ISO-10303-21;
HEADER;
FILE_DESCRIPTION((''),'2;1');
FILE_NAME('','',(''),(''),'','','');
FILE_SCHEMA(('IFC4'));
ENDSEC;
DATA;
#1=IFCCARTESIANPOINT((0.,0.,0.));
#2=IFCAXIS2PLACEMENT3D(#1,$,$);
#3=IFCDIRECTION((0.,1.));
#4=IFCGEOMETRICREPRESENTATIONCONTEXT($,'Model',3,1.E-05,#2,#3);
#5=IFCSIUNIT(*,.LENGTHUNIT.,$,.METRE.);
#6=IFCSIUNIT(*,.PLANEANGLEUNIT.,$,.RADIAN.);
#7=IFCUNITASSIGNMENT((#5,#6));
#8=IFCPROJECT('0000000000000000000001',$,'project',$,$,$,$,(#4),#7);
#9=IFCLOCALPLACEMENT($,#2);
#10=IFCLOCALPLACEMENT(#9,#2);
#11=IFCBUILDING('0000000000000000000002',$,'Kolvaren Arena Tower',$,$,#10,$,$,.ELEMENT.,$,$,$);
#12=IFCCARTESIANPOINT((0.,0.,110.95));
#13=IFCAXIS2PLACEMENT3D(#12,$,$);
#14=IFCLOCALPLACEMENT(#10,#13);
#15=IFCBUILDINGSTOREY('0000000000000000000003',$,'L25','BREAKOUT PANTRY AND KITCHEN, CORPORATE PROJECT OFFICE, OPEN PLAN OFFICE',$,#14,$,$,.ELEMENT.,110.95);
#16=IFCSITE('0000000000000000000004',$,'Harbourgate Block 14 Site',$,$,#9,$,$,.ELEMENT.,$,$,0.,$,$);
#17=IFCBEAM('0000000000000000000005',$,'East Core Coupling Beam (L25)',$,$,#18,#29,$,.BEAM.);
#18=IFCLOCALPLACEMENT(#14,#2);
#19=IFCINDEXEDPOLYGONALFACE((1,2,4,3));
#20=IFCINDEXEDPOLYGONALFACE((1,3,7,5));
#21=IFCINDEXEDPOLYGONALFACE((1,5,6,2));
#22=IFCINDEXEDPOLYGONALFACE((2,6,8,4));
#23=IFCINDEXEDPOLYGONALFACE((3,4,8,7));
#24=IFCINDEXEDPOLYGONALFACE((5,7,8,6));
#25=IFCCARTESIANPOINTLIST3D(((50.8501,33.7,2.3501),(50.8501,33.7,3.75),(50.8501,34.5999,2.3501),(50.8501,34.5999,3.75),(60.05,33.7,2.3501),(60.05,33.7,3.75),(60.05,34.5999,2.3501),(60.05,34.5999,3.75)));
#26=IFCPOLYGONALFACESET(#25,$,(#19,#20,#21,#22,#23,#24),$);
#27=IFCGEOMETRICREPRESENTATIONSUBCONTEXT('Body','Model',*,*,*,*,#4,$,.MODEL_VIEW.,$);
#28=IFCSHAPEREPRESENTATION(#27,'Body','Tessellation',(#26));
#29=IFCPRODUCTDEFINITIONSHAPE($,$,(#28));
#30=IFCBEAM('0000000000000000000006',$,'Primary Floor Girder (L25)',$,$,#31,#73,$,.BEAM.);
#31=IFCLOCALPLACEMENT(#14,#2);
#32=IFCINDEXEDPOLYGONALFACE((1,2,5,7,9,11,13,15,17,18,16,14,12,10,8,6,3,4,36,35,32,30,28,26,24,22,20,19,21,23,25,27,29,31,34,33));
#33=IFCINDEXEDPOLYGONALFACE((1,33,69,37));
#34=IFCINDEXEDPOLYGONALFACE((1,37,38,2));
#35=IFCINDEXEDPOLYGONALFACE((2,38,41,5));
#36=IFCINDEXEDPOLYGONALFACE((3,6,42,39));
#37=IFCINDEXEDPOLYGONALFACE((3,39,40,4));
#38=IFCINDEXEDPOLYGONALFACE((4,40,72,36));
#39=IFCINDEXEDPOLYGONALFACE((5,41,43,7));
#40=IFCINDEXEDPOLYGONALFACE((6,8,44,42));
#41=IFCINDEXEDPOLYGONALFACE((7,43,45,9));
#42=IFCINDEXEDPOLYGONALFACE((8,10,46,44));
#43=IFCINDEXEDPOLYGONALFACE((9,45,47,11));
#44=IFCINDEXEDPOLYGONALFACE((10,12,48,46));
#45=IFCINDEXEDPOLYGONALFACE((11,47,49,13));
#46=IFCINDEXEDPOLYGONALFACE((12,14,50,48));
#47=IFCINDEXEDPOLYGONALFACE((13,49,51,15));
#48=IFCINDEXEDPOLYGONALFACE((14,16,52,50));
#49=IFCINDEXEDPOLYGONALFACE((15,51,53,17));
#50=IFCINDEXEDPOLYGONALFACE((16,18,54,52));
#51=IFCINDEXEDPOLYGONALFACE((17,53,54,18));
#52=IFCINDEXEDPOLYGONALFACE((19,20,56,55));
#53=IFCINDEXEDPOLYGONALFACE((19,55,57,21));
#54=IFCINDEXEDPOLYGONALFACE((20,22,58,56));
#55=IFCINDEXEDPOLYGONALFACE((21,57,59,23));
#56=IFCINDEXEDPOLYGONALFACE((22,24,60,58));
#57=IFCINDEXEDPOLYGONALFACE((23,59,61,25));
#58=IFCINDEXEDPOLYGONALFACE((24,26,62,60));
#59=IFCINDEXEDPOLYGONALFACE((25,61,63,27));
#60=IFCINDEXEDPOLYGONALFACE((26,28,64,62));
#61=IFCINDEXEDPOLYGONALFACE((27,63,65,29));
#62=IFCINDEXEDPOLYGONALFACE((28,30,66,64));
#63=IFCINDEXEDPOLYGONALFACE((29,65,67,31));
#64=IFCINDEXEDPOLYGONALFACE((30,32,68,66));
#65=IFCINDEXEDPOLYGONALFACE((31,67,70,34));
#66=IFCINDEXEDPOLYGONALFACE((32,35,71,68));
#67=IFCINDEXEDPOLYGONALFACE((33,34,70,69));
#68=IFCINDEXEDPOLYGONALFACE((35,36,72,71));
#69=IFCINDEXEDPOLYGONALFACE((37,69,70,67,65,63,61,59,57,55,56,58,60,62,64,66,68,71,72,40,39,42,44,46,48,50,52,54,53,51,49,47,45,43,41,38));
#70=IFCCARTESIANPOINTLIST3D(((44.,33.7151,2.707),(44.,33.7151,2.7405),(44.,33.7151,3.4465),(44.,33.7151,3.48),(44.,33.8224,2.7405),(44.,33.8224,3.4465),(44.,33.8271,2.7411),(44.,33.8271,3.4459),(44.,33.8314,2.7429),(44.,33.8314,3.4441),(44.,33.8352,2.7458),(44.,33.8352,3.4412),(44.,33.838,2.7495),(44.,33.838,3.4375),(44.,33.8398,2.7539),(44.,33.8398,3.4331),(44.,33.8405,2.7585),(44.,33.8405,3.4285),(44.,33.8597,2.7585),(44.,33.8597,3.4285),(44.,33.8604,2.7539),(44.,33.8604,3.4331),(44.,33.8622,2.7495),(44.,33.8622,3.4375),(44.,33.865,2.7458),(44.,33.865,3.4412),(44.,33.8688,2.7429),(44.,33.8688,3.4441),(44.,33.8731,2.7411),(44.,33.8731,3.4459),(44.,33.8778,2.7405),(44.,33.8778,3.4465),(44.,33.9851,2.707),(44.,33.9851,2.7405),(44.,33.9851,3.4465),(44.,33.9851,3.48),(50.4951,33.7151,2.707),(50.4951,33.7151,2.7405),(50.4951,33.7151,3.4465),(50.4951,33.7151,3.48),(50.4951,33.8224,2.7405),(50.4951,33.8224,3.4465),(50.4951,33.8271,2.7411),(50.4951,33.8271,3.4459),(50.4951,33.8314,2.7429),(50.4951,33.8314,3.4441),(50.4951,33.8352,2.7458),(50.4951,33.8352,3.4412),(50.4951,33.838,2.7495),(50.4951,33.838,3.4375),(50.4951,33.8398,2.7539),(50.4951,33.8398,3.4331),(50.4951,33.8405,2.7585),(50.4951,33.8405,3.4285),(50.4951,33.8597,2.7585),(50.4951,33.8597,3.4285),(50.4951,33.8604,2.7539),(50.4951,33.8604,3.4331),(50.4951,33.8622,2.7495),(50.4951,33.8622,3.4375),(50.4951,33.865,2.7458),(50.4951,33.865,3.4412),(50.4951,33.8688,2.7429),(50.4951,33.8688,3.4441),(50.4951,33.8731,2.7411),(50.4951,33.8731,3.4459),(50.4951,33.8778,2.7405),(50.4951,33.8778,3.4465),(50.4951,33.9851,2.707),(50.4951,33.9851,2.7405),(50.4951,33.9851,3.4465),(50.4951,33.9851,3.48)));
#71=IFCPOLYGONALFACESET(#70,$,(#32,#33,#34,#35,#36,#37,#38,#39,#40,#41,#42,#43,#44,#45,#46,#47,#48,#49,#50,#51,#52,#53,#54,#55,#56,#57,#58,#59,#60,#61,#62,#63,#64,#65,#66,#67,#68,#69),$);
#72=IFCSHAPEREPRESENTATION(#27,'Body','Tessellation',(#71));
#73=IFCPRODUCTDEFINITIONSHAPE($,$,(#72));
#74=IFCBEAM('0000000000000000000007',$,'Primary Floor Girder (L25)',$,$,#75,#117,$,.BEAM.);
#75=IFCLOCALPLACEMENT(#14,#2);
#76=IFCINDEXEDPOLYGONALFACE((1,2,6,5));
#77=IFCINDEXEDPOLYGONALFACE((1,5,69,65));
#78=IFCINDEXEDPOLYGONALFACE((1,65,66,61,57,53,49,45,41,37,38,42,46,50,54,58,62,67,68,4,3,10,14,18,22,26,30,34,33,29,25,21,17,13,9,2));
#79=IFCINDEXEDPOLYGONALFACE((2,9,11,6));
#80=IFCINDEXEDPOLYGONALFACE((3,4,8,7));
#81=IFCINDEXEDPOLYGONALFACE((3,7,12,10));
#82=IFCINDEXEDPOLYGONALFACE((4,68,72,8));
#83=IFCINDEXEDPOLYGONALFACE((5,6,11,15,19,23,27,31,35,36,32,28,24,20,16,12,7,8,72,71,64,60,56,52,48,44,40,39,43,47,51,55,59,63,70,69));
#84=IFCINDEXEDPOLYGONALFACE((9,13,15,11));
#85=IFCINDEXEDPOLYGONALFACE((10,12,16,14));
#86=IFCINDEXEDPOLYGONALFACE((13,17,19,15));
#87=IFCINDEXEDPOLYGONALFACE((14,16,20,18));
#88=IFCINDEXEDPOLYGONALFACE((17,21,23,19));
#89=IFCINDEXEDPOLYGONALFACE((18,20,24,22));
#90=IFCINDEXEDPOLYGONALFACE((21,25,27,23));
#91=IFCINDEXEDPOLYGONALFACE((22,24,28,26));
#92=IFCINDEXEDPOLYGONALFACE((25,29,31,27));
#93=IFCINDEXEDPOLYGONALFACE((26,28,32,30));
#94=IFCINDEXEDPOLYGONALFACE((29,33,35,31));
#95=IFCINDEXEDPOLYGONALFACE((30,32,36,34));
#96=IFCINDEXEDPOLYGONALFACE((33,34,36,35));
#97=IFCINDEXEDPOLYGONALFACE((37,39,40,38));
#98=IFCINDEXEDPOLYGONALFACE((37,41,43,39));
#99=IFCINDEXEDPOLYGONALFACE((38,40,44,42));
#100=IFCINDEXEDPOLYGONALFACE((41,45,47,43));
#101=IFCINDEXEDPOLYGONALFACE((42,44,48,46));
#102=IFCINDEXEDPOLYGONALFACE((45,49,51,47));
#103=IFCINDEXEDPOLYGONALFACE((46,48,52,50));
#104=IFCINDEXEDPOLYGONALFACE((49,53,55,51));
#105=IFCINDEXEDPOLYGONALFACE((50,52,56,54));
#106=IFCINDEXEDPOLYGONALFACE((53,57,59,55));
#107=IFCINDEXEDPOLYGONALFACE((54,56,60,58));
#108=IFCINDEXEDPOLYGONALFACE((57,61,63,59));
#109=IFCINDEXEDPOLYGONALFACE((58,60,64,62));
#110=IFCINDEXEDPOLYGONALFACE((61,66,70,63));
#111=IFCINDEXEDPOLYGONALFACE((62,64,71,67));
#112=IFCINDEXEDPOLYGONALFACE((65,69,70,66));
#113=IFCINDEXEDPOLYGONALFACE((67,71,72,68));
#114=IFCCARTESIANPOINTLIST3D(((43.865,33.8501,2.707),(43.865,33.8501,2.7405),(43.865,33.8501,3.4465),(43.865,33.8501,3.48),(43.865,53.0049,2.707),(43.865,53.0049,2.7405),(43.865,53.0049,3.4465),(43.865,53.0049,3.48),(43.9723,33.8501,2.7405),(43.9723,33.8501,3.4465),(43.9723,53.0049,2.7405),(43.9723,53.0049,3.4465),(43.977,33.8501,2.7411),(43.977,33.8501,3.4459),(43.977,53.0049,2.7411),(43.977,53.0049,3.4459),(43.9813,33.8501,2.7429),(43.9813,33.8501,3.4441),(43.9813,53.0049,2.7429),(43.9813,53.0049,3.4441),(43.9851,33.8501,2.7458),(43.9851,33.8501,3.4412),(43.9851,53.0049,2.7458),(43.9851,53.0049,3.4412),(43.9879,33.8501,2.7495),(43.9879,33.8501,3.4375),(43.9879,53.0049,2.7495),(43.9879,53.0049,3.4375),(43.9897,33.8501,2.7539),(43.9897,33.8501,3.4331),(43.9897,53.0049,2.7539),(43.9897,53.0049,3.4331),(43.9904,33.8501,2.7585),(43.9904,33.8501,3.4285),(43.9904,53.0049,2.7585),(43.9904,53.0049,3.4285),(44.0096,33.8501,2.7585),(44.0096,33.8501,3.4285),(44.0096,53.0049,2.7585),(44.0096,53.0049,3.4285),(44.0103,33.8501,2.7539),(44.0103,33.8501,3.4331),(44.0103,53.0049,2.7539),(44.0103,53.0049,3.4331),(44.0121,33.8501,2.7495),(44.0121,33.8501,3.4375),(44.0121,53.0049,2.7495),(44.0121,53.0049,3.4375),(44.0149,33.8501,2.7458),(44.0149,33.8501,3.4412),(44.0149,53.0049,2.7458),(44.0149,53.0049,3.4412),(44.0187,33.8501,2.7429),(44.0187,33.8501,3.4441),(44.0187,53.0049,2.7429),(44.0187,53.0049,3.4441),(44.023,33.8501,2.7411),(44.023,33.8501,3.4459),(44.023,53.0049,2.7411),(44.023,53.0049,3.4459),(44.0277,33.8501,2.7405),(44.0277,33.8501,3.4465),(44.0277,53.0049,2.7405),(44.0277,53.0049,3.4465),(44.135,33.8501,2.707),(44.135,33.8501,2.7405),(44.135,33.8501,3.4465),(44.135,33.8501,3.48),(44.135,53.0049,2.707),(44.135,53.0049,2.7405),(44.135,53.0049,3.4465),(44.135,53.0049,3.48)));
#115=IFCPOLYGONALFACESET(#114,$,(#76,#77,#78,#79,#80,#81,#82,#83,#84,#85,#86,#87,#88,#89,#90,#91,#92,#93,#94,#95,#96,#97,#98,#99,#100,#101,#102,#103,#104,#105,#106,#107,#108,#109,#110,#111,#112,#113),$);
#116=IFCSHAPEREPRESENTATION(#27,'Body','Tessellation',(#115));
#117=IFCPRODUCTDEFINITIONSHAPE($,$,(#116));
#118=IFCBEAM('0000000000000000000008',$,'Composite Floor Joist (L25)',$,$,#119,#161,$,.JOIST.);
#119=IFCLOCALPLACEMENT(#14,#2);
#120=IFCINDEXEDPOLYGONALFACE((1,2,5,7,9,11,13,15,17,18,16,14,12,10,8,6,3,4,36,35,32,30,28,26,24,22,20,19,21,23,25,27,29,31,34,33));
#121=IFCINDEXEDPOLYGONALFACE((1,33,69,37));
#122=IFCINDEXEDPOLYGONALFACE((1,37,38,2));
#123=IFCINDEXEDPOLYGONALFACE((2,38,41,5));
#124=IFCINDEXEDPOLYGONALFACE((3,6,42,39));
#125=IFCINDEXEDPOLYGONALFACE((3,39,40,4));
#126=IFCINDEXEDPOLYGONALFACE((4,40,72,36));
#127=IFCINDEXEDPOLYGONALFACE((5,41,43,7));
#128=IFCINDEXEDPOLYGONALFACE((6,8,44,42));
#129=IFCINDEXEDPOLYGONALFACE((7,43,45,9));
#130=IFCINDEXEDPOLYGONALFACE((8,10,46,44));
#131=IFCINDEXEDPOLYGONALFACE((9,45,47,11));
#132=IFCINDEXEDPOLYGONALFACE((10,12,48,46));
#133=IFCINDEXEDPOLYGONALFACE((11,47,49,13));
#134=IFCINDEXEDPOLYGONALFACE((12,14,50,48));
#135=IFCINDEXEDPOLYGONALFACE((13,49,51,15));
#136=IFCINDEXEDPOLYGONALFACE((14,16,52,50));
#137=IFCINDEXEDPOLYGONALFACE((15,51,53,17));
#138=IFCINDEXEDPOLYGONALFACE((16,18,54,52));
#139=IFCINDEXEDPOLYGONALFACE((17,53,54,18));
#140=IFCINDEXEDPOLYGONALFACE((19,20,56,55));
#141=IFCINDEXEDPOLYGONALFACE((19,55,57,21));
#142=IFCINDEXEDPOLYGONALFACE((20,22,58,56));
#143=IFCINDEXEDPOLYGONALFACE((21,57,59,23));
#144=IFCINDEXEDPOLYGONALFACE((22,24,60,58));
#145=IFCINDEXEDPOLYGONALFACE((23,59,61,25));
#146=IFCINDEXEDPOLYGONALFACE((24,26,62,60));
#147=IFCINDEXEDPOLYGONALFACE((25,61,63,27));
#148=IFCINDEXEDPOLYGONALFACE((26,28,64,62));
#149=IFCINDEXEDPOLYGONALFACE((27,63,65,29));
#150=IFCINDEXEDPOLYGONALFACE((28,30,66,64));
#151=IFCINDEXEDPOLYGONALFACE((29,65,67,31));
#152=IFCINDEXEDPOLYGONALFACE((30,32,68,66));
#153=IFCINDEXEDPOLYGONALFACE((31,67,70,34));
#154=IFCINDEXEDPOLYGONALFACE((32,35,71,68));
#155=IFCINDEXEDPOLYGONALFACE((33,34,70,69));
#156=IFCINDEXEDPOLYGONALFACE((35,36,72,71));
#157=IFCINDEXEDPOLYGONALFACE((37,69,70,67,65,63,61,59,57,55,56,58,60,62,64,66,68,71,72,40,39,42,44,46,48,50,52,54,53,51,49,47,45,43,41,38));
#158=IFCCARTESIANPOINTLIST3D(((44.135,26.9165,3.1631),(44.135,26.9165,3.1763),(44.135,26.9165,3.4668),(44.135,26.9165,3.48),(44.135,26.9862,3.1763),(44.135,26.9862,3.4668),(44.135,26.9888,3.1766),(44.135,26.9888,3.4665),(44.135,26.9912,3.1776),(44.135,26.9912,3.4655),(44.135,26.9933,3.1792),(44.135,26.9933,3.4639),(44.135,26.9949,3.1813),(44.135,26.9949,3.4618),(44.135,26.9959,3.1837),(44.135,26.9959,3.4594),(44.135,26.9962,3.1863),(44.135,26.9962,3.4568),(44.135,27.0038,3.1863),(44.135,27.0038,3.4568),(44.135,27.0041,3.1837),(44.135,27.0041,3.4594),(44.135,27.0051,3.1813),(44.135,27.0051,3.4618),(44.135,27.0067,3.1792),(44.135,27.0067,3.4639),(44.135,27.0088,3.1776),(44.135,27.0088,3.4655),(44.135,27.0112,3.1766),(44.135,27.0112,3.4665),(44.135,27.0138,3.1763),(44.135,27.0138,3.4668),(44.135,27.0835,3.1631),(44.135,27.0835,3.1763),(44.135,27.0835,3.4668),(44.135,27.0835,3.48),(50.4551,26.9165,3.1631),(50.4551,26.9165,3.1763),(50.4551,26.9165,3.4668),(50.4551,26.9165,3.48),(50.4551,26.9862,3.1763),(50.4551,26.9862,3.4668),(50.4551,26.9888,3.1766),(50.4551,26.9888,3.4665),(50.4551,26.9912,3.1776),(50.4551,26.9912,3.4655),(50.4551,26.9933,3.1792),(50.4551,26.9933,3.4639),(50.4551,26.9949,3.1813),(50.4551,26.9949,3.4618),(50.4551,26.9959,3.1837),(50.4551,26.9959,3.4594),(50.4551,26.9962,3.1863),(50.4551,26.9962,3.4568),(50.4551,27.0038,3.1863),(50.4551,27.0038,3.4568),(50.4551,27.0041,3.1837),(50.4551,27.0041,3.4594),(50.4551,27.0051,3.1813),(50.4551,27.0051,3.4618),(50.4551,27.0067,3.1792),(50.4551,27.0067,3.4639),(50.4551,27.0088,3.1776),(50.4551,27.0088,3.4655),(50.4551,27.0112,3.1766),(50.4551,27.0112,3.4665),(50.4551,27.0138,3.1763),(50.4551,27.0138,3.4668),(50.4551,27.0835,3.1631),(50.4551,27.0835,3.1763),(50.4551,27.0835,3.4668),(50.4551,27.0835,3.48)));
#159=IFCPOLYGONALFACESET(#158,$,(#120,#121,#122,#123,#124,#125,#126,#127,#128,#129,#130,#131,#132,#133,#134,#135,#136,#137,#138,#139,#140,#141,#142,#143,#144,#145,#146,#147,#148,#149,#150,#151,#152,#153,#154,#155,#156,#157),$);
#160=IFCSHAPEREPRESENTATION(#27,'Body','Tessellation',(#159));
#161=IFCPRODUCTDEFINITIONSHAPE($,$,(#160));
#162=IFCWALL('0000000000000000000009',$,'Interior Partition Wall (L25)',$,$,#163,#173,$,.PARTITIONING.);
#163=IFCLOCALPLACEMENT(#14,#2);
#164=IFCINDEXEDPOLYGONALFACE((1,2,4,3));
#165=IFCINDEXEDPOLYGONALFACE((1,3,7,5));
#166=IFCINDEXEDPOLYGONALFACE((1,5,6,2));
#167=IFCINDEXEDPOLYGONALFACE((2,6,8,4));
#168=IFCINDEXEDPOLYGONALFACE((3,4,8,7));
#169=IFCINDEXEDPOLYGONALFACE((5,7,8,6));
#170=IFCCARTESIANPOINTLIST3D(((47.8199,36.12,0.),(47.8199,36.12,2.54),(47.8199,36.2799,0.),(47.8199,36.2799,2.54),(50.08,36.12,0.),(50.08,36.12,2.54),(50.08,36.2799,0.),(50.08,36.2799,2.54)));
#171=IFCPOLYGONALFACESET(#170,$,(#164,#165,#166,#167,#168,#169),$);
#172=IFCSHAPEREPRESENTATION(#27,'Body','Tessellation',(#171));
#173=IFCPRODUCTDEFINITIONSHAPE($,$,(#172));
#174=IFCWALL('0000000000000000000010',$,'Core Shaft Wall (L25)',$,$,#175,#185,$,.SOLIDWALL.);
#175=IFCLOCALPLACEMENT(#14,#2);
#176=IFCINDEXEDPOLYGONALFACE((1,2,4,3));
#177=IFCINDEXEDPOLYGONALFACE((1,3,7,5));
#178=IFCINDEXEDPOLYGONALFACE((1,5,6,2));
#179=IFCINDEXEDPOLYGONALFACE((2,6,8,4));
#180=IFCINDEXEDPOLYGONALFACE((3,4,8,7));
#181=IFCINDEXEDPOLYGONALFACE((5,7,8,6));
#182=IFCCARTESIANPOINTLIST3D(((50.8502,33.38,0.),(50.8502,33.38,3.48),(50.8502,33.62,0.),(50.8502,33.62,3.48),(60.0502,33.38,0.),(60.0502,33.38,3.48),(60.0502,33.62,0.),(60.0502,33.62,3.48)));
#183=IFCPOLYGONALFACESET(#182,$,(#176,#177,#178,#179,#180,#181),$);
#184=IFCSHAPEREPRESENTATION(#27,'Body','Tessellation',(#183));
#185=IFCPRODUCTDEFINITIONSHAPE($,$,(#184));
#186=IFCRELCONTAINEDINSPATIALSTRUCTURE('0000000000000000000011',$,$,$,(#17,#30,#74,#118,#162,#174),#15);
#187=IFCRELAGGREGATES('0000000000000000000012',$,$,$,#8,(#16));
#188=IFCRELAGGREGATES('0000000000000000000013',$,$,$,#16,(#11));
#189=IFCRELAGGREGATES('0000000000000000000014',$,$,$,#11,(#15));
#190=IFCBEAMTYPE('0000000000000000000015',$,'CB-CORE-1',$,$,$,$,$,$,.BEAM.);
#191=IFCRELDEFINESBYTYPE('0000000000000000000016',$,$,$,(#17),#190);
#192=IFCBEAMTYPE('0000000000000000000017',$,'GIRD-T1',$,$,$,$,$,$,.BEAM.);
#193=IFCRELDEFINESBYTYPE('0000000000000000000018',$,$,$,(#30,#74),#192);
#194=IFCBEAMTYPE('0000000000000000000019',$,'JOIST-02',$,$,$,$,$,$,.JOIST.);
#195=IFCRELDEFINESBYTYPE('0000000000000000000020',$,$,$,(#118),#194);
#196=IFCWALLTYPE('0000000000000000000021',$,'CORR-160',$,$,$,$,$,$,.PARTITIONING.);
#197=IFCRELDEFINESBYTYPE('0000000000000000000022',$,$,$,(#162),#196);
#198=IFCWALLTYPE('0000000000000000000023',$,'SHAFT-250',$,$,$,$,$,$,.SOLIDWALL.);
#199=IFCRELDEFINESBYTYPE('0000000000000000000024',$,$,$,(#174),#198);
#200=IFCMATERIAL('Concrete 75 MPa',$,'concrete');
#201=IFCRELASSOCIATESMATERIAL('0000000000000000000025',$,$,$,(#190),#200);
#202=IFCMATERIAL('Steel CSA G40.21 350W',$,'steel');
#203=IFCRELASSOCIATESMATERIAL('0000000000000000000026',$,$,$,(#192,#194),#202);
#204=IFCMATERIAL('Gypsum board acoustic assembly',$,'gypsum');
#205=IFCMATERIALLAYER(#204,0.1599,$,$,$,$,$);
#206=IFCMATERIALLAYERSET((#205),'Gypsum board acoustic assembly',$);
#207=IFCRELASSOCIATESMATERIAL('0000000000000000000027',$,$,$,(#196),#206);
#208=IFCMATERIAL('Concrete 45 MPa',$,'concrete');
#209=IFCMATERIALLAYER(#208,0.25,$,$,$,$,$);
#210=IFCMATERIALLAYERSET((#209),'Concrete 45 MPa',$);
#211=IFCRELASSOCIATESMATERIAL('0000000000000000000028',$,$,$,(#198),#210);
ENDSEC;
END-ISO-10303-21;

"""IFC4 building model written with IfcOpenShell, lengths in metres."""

from ifc_helpers import new_model, si_unit, direction, frame, frame_2d, origin, origin_2d, place, context, subcontext, project, spatial, rectangle, i_section, extrude, material, layer, layer_set, material_profile, profile_set, type_object, element, save


model = new_model("IFC4")

# Units and contexts
model_context = context("Model", 3, precision=1e-05, world=origin(), true_north=direction((0.0, 1.0)))
body_context = subcontext(model_context, "Body", "Model", "MODEL_VIEW")
ifc_project = project(units=[si_unit("LENGTHUNIT", "METRE"), si_unit("PLANEANGLEUNIT", "RADIAN")], contexts=[model_context])

# Site, building, storey
site_placement = place(None, origin())
site = spatial("IfcSite", under=ifc_project, at=site_placement, Name="Harbourgate Block 14 Site", CompositionType="ELEMENT", RefElevation=0.0)
building_placement = place(site_placement, origin())
building = spatial("IfcBuilding", under=site, at=building_placement, Name="Kolvaren Arena Tower", CompositionType="ELEMENT")
storey_placement = place(building_placement, frame((0.0, 0.0, 110.95)))
storey = spatial("IfcBuildingStorey", under=building, at=storey_placement, Name="L25", Description="BREAKOUT PANTRY AND KITCHEN, CORPORATE PROJECT OFFICE, OPEN PLAN OFFICE", CompositionType="ELEMENT", Elevation=110.95)

# Beams
ifc_material_1 = material(Name="Steel CSA G40.21 350W", Category="steel")
ifc_material_2 = material(Name="Concrete 75 MPa", Category="concrete")
ifc_material_profile_1 = material_profile(ifc_material_2, rectangle(XDim=0.8999, YDim=1.3999, at=origin_2d()), Name="RC-900x1400")
ifc_profile_set_1 = profile_set([ifc_material_profile_1], Name="Concrete 75 MPa")
beam_type_1 = type_object("IfcBeamType", Name="CB-CORE-1", PredefinedType="BEAM", material=ifc_profile_set_1)
beam_1_placement = place(storey_placement, frame((50.8501, 34.1499, 3.05), z_axis=(1.0, 0.0, 0.0), x_axis=(0.0, 1.0, 0.0)))
element("IfcBeam", 1, at=beam_1_placement, inside=storey, type_object=beam_type_1, Name="East Core Coupling Beam (L25)", PredefinedType="BEAM", context=body_context, shape_type="SweptSolid", body=[
    extrude(rectangle(XDim=0.8999, YDim=1.3999, at=origin_2d()), origin(), (0.0, 0.0, 1.0), 9.2),
])
ifc_material_profile_2 = material_profile(ifc_material_1, i_section(OverallWidth=0.27, OverallDepth=0.7729, WebThickness=0.0193, FlangeThickness=0.0334, FilletRadius=0.0181, at=origin_2d()), Name="W760x257")
ifc_profile_set_2 = profile_set([ifc_material_profile_2], Name="Steel CSA G40.21 350W")
beam_type_2 = type_object("IfcBeamType", Name="GIRD-T1", PredefinedType="BEAM", material=ifc_profile_set_2)
beam_2_placement = place(storey_placement, frame((44.0, 33.8501, 3.0935), z_axis=(1.0, 0.0, 0.0), x_axis=(0.0, 1.0, 0.0)))
element("IfcBeam", 2, at=beam_2_placement, inside=storey, type_object=beam_type_2, Name="Primary Floor Girder (L25)", PredefinedType="BEAM", context=body_context, shape_type="SweptSolid", body=[
    extrude(i_section(OverallWidth=0.27, OverallDepth=0.7729, WebThickness=0.0193, FlangeThickness=0.0334, FilletRadius=0.0181, at=origin_2d()), origin(), (0.0, 0.0, 1.0), 6.4951),
])
beam_3_placement = place(storey_placement, frame((44.0, 33.8501, 3.0935), z_axis=(0.0, 1.0, 0.0), x_axis=(-1.0, 0.0, 0.0)))
element("IfcBeam", 3, at=beam_3_placement, inside=storey, type_object=beam_type_2, Name="Primary Floor Girder (L25)", PredefinedType="BEAM", context=body_context, shape_type="SweptSolid", body=[
    extrude(i_section(OverallWidth=0.27, OverallDepth=0.7729, WebThickness=0.0193, FlangeThickness=0.0334, FilletRadius=0.0181, at=origin_2d()), origin(), (0.0, 0.0, 1.0), 19.1548),
])
ifc_material_profile_3 = material_profile(ifc_material_1, i_section(OverallWidth=0.167, OverallDepth=0.3169, WebThickness=0.0076, FlangeThickness=0.0132, FilletRadius=0.01, at=origin_2d()), Name="W310x52")
ifc_profile_set_3 = profile_set([ifc_material_profile_3], Name="Steel CSA G40.21 350W")
beam_type_3 = type_object("IfcBeamType", Name="JOIST-02", PredefinedType="JOIST", material=ifc_profile_set_3)
beam_4_placement = place(storey_placement, frame((44.135, 27.0, 3.3215), z_axis=(1.0, 0.0, 0.0), x_axis=(0.0, 1.0, 0.0)))
element("IfcBeam", 4, at=beam_4_placement, inside=storey, type_object=beam_type_3, Name="Composite Floor Joist (L25)", PredefinedType="JOIST", context=body_context, shape_type="SweptSolid", body=[
    extrude(i_section(OverallWidth=0.167, OverallDepth=0.3169, WebThickness=0.0076, FlangeThickness=0.0132, FilletRadius=0.01, at=origin_2d()), origin(), (0.0, 0.0, 1.0), 6.3201),
])

# Walls
ifc_material_3 = material(Name="Gypsum board acoustic assembly", Category="gypsum")
ifc_layer_1 = layer(ifc_material_3, 0.1599)
ifc_layer_set_1 = layer_set([ifc_layer_1], Name="Gypsum board acoustic assembly")
wall_type_1 = type_object("IfcWallType", Name="CORR-160", PredefinedType="PARTITIONING", material=ifc_layer_set_1)
wall_1_placement = place(storey_placement, frame((47.8201, 36.2, 0.0), z_axis=(0.0, 0.0, 1.0), x_axis=(1.0, 0.0, 0.0)))
element("IfcWall", 5, at=wall_1_placement, inside=storey, type_object=wall_type_1, Name="Interior Partition Wall (L25)", PredefinedType="PARTITIONING", context=body_context, shape_type="SweptSolid", body=[
    extrude(rectangle(XDim=2.26, YDim=0.1599, at=frame_2d((1.1299, 0.0))), origin(), (0.0, 0.0, 1.0), 2.54),
])
ifc_material_4 = material(Name="Concrete 45 MPa", Category="concrete")
ifc_layer_2 = layer(ifc_material_4, 0.25)
ifc_layer_set_2 = layer_set([ifc_layer_2], Name="Concrete 45 MPa")
wall_type_2 = type_object("IfcWallType", Name="SHAFT-250", PredefinedType="SOLIDWALL", material=ifc_layer_set_2)
wall_2_placement = place(storey_placement, frame((50.8501, 33.5, 0.0), z_axis=(0.0, 0.0, 1.0), x_axis=(1.0, 0.0, 0.0)))
element("IfcWall", 6, at=wall_2_placement, inside=storey, type_object=wall_type_2, Name="Core Shaft Wall (L25)", PredefinedType="SOLIDWALL", context=body_context, shape_type="SweptSolid", body=[
    extrude(rectangle(XDim=9.2, YDim=0.24, at=frame_2d((4.6001, 0.0))), origin(), (0.0, 0.0, 1.0), 3.48),
])

save(model, "model.ifc")
